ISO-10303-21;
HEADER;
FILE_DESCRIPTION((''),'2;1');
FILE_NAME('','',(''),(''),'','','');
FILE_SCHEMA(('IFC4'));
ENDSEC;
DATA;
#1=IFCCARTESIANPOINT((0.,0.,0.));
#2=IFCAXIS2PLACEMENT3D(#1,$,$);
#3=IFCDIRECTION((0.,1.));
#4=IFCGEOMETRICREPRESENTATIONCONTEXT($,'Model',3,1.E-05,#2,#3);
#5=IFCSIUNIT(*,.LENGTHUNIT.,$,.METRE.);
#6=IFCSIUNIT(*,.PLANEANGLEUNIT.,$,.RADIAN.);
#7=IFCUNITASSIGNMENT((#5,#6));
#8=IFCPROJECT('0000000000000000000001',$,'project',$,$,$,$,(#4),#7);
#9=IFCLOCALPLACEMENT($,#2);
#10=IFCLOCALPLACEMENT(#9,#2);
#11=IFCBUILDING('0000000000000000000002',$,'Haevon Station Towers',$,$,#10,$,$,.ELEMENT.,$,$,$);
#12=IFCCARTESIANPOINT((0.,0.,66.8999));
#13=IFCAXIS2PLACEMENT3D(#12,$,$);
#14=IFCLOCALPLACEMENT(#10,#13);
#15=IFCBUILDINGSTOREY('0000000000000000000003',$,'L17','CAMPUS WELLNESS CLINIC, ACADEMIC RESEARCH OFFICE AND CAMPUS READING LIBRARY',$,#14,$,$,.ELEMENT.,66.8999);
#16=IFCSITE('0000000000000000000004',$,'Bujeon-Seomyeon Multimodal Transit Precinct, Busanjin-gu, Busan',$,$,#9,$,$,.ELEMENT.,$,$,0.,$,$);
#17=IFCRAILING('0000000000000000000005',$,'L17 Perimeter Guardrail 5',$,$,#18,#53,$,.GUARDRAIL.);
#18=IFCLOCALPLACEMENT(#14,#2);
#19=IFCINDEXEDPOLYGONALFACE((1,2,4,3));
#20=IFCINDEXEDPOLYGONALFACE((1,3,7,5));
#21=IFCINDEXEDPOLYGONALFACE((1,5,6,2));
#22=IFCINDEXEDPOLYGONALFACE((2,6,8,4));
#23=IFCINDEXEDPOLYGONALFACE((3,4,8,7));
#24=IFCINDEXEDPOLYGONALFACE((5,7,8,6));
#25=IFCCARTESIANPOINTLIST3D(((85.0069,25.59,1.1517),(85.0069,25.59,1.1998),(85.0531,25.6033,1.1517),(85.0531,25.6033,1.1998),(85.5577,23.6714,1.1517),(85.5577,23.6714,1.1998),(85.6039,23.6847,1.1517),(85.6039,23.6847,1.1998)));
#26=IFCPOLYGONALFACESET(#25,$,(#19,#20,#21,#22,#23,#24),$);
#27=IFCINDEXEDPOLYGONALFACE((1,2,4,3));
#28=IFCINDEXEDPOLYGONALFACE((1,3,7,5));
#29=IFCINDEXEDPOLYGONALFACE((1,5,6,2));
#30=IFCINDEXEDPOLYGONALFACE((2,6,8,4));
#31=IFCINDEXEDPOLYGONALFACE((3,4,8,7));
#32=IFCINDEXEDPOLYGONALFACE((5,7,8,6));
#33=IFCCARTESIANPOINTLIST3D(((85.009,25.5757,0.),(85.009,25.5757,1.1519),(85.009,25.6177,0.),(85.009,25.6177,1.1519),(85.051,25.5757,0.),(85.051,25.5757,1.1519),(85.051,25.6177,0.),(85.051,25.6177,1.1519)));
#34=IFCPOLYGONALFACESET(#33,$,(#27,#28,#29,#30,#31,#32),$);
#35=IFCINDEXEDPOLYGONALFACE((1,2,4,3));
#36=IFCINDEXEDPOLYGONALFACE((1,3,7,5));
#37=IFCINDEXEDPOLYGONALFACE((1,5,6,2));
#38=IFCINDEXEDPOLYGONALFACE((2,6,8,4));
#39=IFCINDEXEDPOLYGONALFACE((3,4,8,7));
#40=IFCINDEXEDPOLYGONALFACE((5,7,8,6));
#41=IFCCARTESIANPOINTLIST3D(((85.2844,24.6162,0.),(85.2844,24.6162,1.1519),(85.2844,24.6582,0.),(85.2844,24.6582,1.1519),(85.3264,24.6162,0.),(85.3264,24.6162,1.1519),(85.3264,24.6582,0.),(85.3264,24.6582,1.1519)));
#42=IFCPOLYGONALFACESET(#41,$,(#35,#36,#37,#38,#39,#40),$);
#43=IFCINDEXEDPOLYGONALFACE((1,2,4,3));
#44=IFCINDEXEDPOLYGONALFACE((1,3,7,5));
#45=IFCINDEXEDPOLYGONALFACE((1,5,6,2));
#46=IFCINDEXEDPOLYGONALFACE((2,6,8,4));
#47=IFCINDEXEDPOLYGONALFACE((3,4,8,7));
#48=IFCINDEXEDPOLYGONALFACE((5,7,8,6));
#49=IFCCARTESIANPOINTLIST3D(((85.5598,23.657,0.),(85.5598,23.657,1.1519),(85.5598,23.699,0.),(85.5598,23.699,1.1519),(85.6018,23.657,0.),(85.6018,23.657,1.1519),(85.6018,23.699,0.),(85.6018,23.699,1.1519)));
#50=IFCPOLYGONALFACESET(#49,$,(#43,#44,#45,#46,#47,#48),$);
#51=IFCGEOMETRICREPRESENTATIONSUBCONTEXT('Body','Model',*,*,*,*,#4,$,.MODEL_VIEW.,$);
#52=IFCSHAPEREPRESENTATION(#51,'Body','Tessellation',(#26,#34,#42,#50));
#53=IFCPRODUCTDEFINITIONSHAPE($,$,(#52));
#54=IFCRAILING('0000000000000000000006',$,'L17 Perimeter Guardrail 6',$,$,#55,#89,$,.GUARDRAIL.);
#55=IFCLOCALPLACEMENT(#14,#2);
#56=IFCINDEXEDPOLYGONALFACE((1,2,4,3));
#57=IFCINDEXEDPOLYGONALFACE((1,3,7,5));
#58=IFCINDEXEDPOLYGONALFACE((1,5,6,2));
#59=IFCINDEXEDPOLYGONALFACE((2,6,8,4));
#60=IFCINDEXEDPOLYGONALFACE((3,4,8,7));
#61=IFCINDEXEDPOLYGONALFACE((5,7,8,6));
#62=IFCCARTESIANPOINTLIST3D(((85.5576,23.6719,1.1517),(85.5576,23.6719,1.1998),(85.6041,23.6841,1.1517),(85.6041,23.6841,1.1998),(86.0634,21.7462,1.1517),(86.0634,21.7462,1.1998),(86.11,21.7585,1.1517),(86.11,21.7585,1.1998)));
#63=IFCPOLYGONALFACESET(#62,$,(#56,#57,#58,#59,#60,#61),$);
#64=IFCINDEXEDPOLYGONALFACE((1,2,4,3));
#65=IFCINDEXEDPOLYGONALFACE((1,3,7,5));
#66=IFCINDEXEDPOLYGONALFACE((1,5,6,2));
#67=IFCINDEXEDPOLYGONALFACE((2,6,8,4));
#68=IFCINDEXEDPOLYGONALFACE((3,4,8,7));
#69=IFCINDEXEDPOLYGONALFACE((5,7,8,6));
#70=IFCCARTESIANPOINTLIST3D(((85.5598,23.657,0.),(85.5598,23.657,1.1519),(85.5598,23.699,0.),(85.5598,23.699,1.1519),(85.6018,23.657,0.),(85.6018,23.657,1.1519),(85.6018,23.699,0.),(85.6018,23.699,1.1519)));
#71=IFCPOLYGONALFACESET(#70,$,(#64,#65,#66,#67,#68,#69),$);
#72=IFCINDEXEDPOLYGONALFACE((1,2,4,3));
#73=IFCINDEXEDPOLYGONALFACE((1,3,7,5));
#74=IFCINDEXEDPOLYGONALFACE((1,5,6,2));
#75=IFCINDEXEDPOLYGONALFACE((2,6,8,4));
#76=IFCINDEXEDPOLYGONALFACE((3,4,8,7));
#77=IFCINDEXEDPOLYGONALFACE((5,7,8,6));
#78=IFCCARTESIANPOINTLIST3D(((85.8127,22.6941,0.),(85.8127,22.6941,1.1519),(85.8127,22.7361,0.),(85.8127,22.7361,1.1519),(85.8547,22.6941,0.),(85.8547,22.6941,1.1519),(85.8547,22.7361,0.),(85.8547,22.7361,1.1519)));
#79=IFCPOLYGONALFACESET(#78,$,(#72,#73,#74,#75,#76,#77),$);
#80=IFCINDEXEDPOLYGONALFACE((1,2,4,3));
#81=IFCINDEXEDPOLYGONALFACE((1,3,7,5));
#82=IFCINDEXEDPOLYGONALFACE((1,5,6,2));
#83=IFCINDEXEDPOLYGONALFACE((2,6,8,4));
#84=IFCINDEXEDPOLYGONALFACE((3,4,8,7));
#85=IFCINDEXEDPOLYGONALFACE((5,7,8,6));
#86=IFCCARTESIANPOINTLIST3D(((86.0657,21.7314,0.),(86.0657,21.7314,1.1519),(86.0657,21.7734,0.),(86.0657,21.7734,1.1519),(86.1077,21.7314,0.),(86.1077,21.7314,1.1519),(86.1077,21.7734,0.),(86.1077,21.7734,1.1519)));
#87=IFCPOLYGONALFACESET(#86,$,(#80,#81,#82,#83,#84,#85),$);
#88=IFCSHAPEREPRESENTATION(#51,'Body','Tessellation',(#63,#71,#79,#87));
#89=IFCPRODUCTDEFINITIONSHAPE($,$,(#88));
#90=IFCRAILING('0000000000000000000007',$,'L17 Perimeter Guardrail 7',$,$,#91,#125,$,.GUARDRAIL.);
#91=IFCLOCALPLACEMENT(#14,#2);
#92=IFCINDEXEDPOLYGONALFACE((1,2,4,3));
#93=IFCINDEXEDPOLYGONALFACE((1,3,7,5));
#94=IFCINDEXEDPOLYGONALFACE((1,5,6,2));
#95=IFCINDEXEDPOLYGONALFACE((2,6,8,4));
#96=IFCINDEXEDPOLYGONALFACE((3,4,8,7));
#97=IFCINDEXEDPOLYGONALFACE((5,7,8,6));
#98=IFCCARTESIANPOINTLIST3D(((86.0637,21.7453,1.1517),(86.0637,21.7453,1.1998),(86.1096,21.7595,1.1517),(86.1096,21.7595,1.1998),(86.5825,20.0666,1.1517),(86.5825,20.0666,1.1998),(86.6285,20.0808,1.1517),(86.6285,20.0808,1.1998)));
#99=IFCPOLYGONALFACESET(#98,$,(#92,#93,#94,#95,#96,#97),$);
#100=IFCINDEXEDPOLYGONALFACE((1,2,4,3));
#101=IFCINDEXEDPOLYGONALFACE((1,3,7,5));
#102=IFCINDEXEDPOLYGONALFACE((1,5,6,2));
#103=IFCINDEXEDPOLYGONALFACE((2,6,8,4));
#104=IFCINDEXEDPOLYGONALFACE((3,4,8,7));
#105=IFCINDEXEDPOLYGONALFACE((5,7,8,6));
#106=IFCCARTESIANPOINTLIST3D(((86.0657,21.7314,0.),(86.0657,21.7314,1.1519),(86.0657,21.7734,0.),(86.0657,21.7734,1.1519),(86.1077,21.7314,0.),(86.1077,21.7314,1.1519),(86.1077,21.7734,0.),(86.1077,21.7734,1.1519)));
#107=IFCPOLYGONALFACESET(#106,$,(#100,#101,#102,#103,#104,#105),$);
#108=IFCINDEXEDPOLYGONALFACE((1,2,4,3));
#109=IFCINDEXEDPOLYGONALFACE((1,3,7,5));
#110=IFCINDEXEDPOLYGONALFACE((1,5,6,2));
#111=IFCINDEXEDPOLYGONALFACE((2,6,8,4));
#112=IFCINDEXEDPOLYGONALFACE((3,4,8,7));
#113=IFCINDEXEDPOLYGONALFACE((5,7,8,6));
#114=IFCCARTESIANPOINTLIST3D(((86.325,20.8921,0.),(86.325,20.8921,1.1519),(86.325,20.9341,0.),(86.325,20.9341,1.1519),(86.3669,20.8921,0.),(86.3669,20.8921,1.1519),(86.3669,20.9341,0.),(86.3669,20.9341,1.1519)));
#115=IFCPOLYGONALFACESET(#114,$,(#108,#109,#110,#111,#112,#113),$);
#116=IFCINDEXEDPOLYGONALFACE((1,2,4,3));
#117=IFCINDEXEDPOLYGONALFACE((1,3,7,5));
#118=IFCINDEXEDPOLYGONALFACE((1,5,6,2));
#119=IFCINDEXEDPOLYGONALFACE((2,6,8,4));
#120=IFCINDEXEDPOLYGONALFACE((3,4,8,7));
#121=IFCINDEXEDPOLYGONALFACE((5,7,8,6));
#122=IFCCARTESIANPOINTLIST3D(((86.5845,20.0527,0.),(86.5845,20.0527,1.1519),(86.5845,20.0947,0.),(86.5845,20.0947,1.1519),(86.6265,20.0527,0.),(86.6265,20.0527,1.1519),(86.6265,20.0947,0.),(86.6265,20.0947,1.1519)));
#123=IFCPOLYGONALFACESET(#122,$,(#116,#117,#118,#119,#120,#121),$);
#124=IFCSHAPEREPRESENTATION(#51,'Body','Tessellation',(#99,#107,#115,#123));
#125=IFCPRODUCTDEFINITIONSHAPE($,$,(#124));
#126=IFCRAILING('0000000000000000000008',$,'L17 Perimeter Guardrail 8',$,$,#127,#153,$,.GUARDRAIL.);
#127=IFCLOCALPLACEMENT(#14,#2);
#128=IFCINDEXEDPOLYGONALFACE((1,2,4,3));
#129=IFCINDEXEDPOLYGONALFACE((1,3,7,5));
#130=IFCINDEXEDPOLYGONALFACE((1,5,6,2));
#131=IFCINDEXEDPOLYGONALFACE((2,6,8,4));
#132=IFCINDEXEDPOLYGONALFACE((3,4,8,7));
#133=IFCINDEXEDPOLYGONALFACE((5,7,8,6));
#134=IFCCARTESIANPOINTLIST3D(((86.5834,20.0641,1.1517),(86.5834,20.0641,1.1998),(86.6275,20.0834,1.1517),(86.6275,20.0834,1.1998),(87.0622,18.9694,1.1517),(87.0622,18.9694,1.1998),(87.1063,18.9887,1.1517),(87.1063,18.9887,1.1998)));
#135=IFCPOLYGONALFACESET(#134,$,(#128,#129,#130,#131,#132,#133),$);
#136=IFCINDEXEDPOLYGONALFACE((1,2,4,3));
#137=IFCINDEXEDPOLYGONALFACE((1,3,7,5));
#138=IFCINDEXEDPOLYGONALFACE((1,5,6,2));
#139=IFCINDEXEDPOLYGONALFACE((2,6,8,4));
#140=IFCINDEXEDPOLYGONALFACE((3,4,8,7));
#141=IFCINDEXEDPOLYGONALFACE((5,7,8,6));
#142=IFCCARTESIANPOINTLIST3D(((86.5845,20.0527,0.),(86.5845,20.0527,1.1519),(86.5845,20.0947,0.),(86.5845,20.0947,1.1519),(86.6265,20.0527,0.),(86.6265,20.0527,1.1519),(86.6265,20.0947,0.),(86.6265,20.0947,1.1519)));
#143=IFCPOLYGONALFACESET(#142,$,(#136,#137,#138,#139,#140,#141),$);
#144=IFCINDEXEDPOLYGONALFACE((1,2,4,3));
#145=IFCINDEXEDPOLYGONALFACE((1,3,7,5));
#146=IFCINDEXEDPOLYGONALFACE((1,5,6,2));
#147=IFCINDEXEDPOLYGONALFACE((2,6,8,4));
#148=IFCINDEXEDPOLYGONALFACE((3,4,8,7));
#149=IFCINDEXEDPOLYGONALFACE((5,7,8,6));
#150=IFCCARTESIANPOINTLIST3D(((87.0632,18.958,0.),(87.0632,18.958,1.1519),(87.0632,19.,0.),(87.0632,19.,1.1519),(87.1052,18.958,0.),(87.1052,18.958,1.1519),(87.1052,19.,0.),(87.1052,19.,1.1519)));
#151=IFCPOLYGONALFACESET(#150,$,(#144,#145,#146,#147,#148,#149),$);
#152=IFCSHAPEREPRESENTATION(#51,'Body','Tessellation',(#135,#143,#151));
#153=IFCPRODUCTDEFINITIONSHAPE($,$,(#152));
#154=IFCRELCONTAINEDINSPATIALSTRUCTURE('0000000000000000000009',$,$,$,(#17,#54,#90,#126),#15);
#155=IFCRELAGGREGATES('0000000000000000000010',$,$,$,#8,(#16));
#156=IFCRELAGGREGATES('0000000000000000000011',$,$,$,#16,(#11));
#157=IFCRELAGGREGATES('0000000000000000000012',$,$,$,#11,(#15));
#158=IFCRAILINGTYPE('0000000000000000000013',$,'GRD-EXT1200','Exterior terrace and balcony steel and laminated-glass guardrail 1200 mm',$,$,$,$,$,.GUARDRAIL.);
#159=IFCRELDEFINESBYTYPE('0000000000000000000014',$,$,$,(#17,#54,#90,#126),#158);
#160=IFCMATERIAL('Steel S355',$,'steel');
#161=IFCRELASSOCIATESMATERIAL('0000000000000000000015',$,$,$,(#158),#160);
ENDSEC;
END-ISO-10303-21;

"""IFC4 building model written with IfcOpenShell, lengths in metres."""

from ifc_helpers import new_model, si_unit, direction, frame, origin, origin_2d, place, context, subcontext, project, spatial, rectangle, extrude, material, type_object, element, save


model = new_model("IFC4")

# Units and contexts
model_context = context("Model", 3, precision=1e-05, world=origin(), true_north=direction((0.0, 1.0)))
body_context = subcontext(model_context, "Body", "Model", "MODEL_VIEW")
ifc_project = project(units=[si_unit("LENGTHUNIT", "METRE"), si_unit("PLANEANGLEUNIT", "RADIAN")], contexts=[model_context])

# Site, building, storey
site_placement = place(None, origin())
site = spatial("IfcSite", under=ifc_project, at=site_placement, Name="Bujeon-Seomyeon Multimodal Transit Precinct, Busanjin-gu, Busan", CompositionType="ELEMENT", RefElevation=0.0)
building_placement = place(site_placement, origin())
building = spatial("IfcBuilding", under=site, at=building_placement, Name="Haevon Station Towers", CompositionType="ELEMENT")
storey_placement = place(building_placement, frame((0.0, 0.0, 66.8999)))
storey = spatial("IfcBuildingStorey", under=building, at=storey_placement, Name="L17", Description="CAMPUS WELLNESS CLINIC, ACADEMIC RESEARCH OFFICE AND CAMPUS READING LIBRARY", CompositionType="ELEMENT", Elevation=66.8999)

# Railings
ifc_material_1 = material(Name="Steel S355", Category="steel")
railing_type = type_object("IfcRailingType", Name="GRD-EXT1200", Description="Exterior terrace and balcony steel and laminated-glass guardrail 1200 mm", PredefinedType="GUARDRAIL", material=ifc_material_1)
railing_1_placement = place(storey_placement, frame((85.03, 25.5967, 0.0)))
element("IfcRailing", 1, at=railing_1_placement, inside=storey, type_object=railing_type, Name="L17 Perimeter Guardrail 5", PredefinedType="GUARDRAIL", context=body_context, shape_type="SweptSolid", body=[
    extrude(rectangle(XDim=0.0481, YDim=0.0481, at=origin_2d()), frame((0.0, 0.0, 1.1758), z_axis=(0.275916, -0.961182, 0.0), x_axis=(0.961182, 0.275916, 0.0)), (0.0, 0.0, 1.0), 1.9961),
    extrude(rectangle(XDim=0.042, YDim=0.042, at=origin_2d()), origin(), (0.0, 0.0, 1.0), 1.1519),
    extrude(rectangle(XDim=0.042, YDim=0.042, at=origin_2d()), frame((0.2754, -0.9595, 0.0)), (0.0, 0.0, 1.0), 1.1519),
    extrude(rectangle(XDim=0.042, YDim=0.042, at=origin_2d()), frame((0.5508, -1.9187, 0.0)), (0.0, 0.0, 1.0), 1.1519),
])
railing_2_placement = place(storey_placement, frame((85.5808, 23.678, 0.0)))
element("IfcRailing", 2, at=railing_2_placement, inside=storey, type_object=railing_type, Name="L17 Perimeter Guardrail 6", PredefinedType="GUARDRAIL", context=body_context, shape_type="SweptSolid", body=[
    extrude(rectangle(XDim=0.0481, YDim=0.0481, at=origin_2d()), frame((0.0, 0.0, 1.1758), z_axis=(0.254089, -0.967181, 0.0), x_axis=(0.967181, 0.254089, 0.0)), (0.0, 0.0, 1.0), 1.991),
    extrude(rectangle(XDim=0.042, YDim=0.042, at=origin_2d()), origin(), (0.0, 0.0, 1.0), 1.1519),
    extrude(rectangle(XDim=0.042, YDim=0.042, at=origin_2d()), frame((0.2529, -0.9629, 0.0)), (0.0, 0.0, 1.0), 1.1519),
    extrude(rectangle(XDim=0.042, YDim=0.042, at=origin_2d()), frame((0.5059, -1.9255, 0.0)), (0.0, 0.0, 1.0), 1.1519),
])
railing_3_placement = place(storey_placement, frame((86.0867, 21.7524, 0.0)))
element("IfcRailing", 3, at=railing_3_placement, inside=storey, type_object=railing_type, Name="L17 Perimeter Guardrail 7", PredefinedType="GUARDRAIL", context=body_context, shape_type="SweptSolid", body=[
    extrude(rectangle(XDim=0.0481, YDim=0.0481, at=origin_2d()), frame((0.0, 0.0, 1.1758), z_axis=(0.295267, -0.955415, 0.0), x_axis=(0.955415, 0.295267, 0.0)), (0.0, 0.0, 1.0), 1.7571),
    extrude(rectangle(XDim=0.042, YDim=0.042, at=origin_2d()), origin(), (0.0, 0.0, 1.0), 1.1519),
    extrude(rectangle(XDim=0.042, YDim=0.042, at=origin_2d()), frame((0.2593, -0.8394, 0.0)), (0.0, 0.0, 1.0), 1.1519),
    extrude(rectangle(XDim=0.042, YDim=0.042, at=origin_2d()), frame((0.5188, -1.6787, 0.0)), (0.0, 0.0, 1.0), 1.1519),
])
railing_4_placement = place(storey_placement, frame((86.6055, 20.0737, 0.0)))
element("IfcRailing", 4, at=railing_4_placement, inside=storey, type_object=railing_type, Name="L17 Perimeter Guardrail 8", PredefinedType="GUARDRAIL", context=body_context, shape_type="SweptSolid", body=[
    extrude(rectangle(XDim=0.0481, YDim=0.0481, at=origin_2d()), frame((0.0, 0.0, 1.1758), z_axis=(0.40069, -0.916214, 0.0), x_axis=(0.916214, 0.40069, 0.0)), (0.0, 0.0, 1.0), 1.1948),
    extrude(rectangle(XDim=0.042, YDim=0.042, at=origin_2d()), origin(), (0.0, 0.0, 1.0), 1.1519),
    extrude(rectangle(XDim=0.042, YDim=0.042, at=origin_2d()), frame((0.4788, -1.0947, 0.0)), (0.0, 0.0, 1.0), 1.1519),
])

save(model, "model.ifc")
